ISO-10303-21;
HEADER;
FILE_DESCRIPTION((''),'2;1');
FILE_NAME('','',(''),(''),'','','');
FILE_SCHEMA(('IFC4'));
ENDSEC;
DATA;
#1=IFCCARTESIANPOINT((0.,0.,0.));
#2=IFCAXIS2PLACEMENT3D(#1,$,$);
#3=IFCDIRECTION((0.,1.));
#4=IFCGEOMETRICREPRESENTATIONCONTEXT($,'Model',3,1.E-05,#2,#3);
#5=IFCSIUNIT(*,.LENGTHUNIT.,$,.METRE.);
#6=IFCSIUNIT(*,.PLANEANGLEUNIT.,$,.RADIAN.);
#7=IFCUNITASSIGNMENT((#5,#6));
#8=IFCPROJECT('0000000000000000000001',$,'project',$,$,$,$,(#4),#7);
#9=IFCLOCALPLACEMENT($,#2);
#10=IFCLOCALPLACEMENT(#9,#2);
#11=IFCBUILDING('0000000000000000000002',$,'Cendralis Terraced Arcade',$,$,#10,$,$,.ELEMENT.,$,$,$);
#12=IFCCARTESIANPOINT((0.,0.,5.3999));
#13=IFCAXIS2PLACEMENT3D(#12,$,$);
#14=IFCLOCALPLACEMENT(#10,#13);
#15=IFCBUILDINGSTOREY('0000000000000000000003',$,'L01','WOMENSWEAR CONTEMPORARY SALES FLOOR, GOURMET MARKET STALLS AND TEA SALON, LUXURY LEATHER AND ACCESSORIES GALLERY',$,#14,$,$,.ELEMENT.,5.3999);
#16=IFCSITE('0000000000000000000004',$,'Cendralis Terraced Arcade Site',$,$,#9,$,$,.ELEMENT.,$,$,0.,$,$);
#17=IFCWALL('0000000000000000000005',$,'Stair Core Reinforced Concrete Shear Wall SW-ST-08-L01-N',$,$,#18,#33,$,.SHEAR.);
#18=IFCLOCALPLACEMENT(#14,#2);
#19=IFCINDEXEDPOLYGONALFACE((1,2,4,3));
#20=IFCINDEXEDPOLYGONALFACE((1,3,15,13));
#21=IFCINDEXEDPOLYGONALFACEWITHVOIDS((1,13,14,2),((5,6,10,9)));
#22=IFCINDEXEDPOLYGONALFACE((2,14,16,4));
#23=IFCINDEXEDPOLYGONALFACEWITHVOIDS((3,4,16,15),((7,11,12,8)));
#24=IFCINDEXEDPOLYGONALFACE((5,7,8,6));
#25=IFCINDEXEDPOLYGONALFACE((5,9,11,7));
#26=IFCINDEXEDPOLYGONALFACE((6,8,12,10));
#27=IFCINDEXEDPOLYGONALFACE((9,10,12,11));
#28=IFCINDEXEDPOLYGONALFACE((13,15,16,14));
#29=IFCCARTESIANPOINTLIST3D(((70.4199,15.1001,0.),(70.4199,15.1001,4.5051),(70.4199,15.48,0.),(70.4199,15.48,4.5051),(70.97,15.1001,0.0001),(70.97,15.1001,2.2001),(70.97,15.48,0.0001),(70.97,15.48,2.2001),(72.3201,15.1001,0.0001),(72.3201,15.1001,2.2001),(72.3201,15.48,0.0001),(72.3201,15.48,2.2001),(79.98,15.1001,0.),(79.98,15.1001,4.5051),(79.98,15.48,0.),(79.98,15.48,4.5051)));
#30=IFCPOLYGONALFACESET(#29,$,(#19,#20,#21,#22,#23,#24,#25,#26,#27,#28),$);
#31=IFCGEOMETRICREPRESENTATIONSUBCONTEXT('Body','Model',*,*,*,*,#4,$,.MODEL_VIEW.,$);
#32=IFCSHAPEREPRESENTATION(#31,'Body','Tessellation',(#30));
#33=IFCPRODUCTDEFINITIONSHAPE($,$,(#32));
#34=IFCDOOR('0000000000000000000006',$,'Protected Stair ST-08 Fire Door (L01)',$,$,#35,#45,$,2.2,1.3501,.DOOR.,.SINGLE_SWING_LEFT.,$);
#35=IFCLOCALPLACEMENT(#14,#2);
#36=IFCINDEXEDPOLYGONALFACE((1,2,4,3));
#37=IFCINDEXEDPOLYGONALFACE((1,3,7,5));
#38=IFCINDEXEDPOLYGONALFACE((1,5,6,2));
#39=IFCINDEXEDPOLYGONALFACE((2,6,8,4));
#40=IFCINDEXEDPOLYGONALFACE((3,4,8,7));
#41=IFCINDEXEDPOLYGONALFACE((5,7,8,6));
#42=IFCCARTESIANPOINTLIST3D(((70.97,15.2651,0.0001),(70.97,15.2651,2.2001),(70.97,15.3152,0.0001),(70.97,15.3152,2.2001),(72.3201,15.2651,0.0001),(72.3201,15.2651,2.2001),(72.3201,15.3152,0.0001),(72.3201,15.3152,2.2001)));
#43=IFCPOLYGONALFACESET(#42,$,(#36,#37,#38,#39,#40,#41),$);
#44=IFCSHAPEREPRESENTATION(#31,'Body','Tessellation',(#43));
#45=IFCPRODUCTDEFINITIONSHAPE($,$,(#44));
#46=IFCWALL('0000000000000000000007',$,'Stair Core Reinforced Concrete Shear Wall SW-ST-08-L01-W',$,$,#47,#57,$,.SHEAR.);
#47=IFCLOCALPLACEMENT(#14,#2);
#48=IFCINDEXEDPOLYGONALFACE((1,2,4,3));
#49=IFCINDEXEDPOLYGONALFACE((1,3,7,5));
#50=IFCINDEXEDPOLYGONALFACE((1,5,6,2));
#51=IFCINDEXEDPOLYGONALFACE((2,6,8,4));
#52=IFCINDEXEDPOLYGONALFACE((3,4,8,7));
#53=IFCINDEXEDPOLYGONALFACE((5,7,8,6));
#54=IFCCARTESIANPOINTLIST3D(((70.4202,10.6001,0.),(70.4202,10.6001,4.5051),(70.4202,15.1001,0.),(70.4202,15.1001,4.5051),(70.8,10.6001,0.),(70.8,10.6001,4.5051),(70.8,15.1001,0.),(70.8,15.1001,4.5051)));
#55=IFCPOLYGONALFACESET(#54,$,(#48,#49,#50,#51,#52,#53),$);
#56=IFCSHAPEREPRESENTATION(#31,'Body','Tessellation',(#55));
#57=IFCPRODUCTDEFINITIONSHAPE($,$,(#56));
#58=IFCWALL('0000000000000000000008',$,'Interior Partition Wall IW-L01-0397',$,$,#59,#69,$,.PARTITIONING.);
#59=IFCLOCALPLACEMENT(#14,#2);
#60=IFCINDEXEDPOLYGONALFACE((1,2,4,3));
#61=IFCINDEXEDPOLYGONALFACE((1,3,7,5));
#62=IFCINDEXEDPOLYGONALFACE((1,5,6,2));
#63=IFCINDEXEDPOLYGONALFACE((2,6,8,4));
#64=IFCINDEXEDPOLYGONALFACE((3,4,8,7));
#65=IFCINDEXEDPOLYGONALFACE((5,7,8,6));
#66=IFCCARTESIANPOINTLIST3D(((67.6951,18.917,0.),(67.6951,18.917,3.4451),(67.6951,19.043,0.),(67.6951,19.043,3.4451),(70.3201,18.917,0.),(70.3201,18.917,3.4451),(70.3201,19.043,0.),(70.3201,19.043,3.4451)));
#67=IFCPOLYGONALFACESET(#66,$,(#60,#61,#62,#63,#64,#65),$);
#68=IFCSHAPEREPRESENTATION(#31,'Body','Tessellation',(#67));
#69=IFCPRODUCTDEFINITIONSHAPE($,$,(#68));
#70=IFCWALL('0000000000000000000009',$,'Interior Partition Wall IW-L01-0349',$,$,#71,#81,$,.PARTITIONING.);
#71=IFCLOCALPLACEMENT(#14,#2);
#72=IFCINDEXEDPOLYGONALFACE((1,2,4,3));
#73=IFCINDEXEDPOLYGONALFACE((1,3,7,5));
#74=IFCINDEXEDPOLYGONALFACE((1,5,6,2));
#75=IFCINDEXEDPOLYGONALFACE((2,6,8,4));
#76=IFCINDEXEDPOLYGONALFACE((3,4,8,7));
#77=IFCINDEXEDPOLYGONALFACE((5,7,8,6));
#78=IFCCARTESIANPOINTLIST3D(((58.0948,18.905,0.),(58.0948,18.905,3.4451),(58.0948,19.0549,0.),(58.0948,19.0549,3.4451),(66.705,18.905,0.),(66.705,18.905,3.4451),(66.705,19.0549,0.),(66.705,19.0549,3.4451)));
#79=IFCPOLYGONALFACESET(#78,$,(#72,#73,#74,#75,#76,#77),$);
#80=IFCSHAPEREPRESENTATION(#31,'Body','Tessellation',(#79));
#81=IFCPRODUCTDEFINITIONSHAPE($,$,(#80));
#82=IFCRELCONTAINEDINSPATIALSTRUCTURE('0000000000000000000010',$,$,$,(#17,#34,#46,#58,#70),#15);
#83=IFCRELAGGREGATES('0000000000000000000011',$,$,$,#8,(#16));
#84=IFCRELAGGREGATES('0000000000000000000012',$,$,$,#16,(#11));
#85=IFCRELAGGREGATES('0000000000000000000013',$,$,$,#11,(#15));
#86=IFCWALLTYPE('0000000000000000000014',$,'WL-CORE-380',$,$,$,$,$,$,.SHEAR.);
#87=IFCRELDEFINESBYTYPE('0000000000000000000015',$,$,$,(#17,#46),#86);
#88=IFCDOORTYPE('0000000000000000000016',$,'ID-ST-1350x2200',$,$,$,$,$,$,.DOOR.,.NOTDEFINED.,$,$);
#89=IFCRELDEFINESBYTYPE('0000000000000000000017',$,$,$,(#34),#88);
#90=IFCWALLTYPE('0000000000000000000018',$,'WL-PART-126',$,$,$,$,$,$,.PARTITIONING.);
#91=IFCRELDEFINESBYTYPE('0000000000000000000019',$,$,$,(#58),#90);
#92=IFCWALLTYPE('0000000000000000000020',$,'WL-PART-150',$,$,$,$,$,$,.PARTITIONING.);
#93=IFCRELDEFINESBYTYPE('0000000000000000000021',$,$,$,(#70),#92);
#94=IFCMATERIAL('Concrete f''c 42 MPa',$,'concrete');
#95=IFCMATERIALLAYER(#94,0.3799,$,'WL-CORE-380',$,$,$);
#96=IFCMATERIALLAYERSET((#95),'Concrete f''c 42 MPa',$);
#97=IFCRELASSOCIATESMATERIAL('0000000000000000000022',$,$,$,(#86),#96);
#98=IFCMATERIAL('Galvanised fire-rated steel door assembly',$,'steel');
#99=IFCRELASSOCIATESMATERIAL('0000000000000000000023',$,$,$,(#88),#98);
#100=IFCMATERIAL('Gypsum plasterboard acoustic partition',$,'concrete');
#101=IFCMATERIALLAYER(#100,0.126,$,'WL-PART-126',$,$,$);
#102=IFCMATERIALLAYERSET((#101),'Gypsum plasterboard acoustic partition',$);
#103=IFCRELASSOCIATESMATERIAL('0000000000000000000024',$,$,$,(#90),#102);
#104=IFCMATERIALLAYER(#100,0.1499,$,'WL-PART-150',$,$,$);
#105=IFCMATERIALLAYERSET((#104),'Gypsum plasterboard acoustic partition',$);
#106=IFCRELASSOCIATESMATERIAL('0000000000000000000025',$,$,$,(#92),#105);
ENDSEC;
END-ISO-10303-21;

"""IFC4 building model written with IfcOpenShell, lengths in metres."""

from ifc_helpers import new_model, si_unit, direction, frame, frame_2d, origin, place, context, subcontext, project, spatial, rectangle, extrude, material, layer, layer_set, type_object, element, fill, save


model = new_model("IFC4")

# Units and contexts
model_context = context("Model", 3, precision=1e-05, world=origin(), true_north=direction((0.0, 1.0)))
body_context = subcontext(model_context, "Body", "Model", "MODEL_VIEW")
ifc_project = project(units=[si_unit("LENGTHUNIT", "METRE"), si_unit("PLANEANGLEUNIT", "RADIAN")], contexts=[model_context])

# Site, building, storey
site_placement = place(None, origin())
site = spatial("IfcSite", under=ifc_project, at=site_placement, Name="Cendralis Terraced Arcade Site", CompositionType="ELEMENT", RefElevation=0.0)
building_placement = place(site_placement, origin())
building = spatial("IfcBuilding", under=site, at=building_placement, Name="Cendralis Terraced Arcade", CompositionType="ELEMENT")
storey_placement = place(building_placement, frame((0.0, 0.0, 5.3999)))
storey = spatial("IfcBuildingStorey", under=building, at=storey_placement, Name="L01", Description="WOMENSWEAR CONTEMPORARY SALES FLOOR, GOURMET MARKET STALLS AND TEA SALON, LUXURY LEATHER AND ACCESSORIES GALLERY", CompositionType="ELEMENT", Elevation=5.3999)

# Shared definitions
ifc_material_1 = material(Name="Concrete f'c 42 MPa", Category="concrete")

# Shared definitions
ifc_material_2 = material(Name="Gypsum plasterboard acoustic partition", Category="concrete")
ifc_layer_1 = layer(ifc_material_1, 0.3799, Name="WL-CORE-380")
ifc_layer_set_1 = layer_set([ifc_layer_1], Name="Concrete f'c 42 MPa")
wall_type_1 = type_object("IfcWallType", Name="WL-CORE-380", PredefinedType="SHEAR", material=ifc_layer_set_1)

# Wall, opening, door
wall_1_placement = place(storey_placement, frame((70.4199, 15.29, 0.0), z_axis=(0.0, 0.0, 1.0), x_axis=(1.0, 0.0, 0.0)))
wall_1 = element("IfcWall", 1, at=wall_1_placement, inside=storey, type_object=wall_type_1, Name="Stair Core Reinforced Concrete Shear Wall SW-ST-08-L01-N", PredefinedType="SHEAR", context=body_context, shape_type="SweptSolid", body=[
    extrude(rectangle(XDim=9.5601, YDim=0.3799, at=frame_2d((4.78, 0.0))), origin(), (0.0, 0.0, 1.0), 4.5051),
])
opening_placement = place(wall_1_placement, frame((0.55, 0.0, 0.0)))
opening = element("IfcOpeningElement", 2, at=opening_placement, cuts=wall_1, PredefinedType="OPENING", context=body_context, shape_type="SweptSolid", body=[
    extrude(rectangle(XDim=1.3501, YDim=2.2, at=frame_2d((0.675, 1.1001))), frame((0.0, 0.2019, 0.0), z_axis=(0.0, -1.0, 0.0), x_axis=(1.0, 0.0, 0.0)), (0.0, 0.0, 1.0), 0.4038),
])
ifc_material_3 = material(Name="Galvanised fire-rated steel door assembly", Category="steel")
door_type = type_object("IfcDoorType", Name="ID-ST-1350x2200", OperationType="NOTDEFINED", PredefinedType="DOOR", material=ifc_material_3)
door_placement = place(opening_placement, frame((1.3501, 0.0, 0.0), z_axis=(0.0, 0.0, 1.0), x_axis=(-1.0, 0.0, 0.0)))
door = element("IfcDoor", 3, at=door_placement, inside=storey, type_object=door_type, Name="Protected Stair ST-08 Fire Door (L01)", OperationType="SINGLE_SWING_LEFT", OverallHeight=2.2, OverallWidth=1.3501, PredefinedType="DOOR", context=body_context, shape_type="SweptSolid", body=[
    extrude(rectangle(XDim=1.3501, YDim=2.2, at=frame_2d((0.675, 1.1001))), frame((0.0, 0.0249, 0.0), z_axis=(0.0, -1.0, 0.0), x_axis=(1.0, 0.0, 0.0)), (0.0, 0.0, 1.0), 0.05),
])
fill(opening, door)

# Walls
wall_2_placement = place(storey_placement, frame((70.6101, 10.6001, 0.0), z_axis=(0.0, 0.0, 1.0), x_axis=(0.0, 1.0, 0.0)))
element("IfcWall", 4, at=wall_2_placement, inside=storey, type_object=wall_type_1, Name="Stair Core Reinforced Concrete Shear Wall SW-ST-08-L01-W", PredefinedType="SHEAR", context=body_context, shape_type="SweptSolid", body=[
    extrude(rectangle(XDim=4.5, YDim=0.3799, at=frame_2d((2.25, 0.0))), origin(), (0.0, 0.0, 1.0), 4.5051),
])
ifc_layer_2 = layer(ifc_material_2, 0.126, Name="WL-PART-126")
ifc_layer_set_2 = layer_set([ifc_layer_2], Name="Gypsum plasterboard acoustic partition")
wall_type_2 = type_object("IfcWallType", Name="WL-PART-126", PredefinedType="PARTITIONING", material=ifc_layer_set_2)
wall_3_placement = place(storey_placement, frame((70.3201, 18.98, 0.0), z_axis=(0.0, 0.0, 1.0), x_axis=(-1.0, 0.0, 0.0)))
element("IfcWall", 5, at=wall_3_placement, inside=storey, type_object=wall_type_2, Name="Interior Partition Wall IW-L01-0397", PredefinedType="PARTITIONING", context=body_context, shape_type="SweptSolid", body=[
    extrude(rectangle(XDim=2.625, YDim=0.126, at=frame_2d((1.3125, 0.0))), origin(), (0.0, 0.0, 1.0), 3.4451),
])
ifc_layer_3 = layer(ifc_material_2, 0.1499, Name="WL-PART-150")
ifc_layer_set_3 = layer_set([ifc_layer_3], Name="Gypsum plasterboard acoustic partition")
wall_type_3 = type_object("IfcWallType", Name="WL-PART-150", PredefinedType="PARTITIONING", material=ifc_layer_set_3)
wall_4_placement = place(storey_placement, frame((66.7051, 18.98, 0.0), z_axis=(0.0, 0.0, 1.0), x_axis=(-1.0, 0.0, 0.0)))
element("IfcWall", 6, at=wall_4_placement, inside=storey, type_object=wall_type_3, Name="Interior Partition Wall IW-L01-0349", PredefinedType="PARTITIONING", context=body_context, shape_type="SweptSolid", body=[
    extrude(rectangle(XDim=8.6101, YDim=0.1499, at=frame_2d((4.3052, 0.0))), origin(), (0.0, 0.0, 1.0), 3.4451),
])

save(model, "model.ifc")
